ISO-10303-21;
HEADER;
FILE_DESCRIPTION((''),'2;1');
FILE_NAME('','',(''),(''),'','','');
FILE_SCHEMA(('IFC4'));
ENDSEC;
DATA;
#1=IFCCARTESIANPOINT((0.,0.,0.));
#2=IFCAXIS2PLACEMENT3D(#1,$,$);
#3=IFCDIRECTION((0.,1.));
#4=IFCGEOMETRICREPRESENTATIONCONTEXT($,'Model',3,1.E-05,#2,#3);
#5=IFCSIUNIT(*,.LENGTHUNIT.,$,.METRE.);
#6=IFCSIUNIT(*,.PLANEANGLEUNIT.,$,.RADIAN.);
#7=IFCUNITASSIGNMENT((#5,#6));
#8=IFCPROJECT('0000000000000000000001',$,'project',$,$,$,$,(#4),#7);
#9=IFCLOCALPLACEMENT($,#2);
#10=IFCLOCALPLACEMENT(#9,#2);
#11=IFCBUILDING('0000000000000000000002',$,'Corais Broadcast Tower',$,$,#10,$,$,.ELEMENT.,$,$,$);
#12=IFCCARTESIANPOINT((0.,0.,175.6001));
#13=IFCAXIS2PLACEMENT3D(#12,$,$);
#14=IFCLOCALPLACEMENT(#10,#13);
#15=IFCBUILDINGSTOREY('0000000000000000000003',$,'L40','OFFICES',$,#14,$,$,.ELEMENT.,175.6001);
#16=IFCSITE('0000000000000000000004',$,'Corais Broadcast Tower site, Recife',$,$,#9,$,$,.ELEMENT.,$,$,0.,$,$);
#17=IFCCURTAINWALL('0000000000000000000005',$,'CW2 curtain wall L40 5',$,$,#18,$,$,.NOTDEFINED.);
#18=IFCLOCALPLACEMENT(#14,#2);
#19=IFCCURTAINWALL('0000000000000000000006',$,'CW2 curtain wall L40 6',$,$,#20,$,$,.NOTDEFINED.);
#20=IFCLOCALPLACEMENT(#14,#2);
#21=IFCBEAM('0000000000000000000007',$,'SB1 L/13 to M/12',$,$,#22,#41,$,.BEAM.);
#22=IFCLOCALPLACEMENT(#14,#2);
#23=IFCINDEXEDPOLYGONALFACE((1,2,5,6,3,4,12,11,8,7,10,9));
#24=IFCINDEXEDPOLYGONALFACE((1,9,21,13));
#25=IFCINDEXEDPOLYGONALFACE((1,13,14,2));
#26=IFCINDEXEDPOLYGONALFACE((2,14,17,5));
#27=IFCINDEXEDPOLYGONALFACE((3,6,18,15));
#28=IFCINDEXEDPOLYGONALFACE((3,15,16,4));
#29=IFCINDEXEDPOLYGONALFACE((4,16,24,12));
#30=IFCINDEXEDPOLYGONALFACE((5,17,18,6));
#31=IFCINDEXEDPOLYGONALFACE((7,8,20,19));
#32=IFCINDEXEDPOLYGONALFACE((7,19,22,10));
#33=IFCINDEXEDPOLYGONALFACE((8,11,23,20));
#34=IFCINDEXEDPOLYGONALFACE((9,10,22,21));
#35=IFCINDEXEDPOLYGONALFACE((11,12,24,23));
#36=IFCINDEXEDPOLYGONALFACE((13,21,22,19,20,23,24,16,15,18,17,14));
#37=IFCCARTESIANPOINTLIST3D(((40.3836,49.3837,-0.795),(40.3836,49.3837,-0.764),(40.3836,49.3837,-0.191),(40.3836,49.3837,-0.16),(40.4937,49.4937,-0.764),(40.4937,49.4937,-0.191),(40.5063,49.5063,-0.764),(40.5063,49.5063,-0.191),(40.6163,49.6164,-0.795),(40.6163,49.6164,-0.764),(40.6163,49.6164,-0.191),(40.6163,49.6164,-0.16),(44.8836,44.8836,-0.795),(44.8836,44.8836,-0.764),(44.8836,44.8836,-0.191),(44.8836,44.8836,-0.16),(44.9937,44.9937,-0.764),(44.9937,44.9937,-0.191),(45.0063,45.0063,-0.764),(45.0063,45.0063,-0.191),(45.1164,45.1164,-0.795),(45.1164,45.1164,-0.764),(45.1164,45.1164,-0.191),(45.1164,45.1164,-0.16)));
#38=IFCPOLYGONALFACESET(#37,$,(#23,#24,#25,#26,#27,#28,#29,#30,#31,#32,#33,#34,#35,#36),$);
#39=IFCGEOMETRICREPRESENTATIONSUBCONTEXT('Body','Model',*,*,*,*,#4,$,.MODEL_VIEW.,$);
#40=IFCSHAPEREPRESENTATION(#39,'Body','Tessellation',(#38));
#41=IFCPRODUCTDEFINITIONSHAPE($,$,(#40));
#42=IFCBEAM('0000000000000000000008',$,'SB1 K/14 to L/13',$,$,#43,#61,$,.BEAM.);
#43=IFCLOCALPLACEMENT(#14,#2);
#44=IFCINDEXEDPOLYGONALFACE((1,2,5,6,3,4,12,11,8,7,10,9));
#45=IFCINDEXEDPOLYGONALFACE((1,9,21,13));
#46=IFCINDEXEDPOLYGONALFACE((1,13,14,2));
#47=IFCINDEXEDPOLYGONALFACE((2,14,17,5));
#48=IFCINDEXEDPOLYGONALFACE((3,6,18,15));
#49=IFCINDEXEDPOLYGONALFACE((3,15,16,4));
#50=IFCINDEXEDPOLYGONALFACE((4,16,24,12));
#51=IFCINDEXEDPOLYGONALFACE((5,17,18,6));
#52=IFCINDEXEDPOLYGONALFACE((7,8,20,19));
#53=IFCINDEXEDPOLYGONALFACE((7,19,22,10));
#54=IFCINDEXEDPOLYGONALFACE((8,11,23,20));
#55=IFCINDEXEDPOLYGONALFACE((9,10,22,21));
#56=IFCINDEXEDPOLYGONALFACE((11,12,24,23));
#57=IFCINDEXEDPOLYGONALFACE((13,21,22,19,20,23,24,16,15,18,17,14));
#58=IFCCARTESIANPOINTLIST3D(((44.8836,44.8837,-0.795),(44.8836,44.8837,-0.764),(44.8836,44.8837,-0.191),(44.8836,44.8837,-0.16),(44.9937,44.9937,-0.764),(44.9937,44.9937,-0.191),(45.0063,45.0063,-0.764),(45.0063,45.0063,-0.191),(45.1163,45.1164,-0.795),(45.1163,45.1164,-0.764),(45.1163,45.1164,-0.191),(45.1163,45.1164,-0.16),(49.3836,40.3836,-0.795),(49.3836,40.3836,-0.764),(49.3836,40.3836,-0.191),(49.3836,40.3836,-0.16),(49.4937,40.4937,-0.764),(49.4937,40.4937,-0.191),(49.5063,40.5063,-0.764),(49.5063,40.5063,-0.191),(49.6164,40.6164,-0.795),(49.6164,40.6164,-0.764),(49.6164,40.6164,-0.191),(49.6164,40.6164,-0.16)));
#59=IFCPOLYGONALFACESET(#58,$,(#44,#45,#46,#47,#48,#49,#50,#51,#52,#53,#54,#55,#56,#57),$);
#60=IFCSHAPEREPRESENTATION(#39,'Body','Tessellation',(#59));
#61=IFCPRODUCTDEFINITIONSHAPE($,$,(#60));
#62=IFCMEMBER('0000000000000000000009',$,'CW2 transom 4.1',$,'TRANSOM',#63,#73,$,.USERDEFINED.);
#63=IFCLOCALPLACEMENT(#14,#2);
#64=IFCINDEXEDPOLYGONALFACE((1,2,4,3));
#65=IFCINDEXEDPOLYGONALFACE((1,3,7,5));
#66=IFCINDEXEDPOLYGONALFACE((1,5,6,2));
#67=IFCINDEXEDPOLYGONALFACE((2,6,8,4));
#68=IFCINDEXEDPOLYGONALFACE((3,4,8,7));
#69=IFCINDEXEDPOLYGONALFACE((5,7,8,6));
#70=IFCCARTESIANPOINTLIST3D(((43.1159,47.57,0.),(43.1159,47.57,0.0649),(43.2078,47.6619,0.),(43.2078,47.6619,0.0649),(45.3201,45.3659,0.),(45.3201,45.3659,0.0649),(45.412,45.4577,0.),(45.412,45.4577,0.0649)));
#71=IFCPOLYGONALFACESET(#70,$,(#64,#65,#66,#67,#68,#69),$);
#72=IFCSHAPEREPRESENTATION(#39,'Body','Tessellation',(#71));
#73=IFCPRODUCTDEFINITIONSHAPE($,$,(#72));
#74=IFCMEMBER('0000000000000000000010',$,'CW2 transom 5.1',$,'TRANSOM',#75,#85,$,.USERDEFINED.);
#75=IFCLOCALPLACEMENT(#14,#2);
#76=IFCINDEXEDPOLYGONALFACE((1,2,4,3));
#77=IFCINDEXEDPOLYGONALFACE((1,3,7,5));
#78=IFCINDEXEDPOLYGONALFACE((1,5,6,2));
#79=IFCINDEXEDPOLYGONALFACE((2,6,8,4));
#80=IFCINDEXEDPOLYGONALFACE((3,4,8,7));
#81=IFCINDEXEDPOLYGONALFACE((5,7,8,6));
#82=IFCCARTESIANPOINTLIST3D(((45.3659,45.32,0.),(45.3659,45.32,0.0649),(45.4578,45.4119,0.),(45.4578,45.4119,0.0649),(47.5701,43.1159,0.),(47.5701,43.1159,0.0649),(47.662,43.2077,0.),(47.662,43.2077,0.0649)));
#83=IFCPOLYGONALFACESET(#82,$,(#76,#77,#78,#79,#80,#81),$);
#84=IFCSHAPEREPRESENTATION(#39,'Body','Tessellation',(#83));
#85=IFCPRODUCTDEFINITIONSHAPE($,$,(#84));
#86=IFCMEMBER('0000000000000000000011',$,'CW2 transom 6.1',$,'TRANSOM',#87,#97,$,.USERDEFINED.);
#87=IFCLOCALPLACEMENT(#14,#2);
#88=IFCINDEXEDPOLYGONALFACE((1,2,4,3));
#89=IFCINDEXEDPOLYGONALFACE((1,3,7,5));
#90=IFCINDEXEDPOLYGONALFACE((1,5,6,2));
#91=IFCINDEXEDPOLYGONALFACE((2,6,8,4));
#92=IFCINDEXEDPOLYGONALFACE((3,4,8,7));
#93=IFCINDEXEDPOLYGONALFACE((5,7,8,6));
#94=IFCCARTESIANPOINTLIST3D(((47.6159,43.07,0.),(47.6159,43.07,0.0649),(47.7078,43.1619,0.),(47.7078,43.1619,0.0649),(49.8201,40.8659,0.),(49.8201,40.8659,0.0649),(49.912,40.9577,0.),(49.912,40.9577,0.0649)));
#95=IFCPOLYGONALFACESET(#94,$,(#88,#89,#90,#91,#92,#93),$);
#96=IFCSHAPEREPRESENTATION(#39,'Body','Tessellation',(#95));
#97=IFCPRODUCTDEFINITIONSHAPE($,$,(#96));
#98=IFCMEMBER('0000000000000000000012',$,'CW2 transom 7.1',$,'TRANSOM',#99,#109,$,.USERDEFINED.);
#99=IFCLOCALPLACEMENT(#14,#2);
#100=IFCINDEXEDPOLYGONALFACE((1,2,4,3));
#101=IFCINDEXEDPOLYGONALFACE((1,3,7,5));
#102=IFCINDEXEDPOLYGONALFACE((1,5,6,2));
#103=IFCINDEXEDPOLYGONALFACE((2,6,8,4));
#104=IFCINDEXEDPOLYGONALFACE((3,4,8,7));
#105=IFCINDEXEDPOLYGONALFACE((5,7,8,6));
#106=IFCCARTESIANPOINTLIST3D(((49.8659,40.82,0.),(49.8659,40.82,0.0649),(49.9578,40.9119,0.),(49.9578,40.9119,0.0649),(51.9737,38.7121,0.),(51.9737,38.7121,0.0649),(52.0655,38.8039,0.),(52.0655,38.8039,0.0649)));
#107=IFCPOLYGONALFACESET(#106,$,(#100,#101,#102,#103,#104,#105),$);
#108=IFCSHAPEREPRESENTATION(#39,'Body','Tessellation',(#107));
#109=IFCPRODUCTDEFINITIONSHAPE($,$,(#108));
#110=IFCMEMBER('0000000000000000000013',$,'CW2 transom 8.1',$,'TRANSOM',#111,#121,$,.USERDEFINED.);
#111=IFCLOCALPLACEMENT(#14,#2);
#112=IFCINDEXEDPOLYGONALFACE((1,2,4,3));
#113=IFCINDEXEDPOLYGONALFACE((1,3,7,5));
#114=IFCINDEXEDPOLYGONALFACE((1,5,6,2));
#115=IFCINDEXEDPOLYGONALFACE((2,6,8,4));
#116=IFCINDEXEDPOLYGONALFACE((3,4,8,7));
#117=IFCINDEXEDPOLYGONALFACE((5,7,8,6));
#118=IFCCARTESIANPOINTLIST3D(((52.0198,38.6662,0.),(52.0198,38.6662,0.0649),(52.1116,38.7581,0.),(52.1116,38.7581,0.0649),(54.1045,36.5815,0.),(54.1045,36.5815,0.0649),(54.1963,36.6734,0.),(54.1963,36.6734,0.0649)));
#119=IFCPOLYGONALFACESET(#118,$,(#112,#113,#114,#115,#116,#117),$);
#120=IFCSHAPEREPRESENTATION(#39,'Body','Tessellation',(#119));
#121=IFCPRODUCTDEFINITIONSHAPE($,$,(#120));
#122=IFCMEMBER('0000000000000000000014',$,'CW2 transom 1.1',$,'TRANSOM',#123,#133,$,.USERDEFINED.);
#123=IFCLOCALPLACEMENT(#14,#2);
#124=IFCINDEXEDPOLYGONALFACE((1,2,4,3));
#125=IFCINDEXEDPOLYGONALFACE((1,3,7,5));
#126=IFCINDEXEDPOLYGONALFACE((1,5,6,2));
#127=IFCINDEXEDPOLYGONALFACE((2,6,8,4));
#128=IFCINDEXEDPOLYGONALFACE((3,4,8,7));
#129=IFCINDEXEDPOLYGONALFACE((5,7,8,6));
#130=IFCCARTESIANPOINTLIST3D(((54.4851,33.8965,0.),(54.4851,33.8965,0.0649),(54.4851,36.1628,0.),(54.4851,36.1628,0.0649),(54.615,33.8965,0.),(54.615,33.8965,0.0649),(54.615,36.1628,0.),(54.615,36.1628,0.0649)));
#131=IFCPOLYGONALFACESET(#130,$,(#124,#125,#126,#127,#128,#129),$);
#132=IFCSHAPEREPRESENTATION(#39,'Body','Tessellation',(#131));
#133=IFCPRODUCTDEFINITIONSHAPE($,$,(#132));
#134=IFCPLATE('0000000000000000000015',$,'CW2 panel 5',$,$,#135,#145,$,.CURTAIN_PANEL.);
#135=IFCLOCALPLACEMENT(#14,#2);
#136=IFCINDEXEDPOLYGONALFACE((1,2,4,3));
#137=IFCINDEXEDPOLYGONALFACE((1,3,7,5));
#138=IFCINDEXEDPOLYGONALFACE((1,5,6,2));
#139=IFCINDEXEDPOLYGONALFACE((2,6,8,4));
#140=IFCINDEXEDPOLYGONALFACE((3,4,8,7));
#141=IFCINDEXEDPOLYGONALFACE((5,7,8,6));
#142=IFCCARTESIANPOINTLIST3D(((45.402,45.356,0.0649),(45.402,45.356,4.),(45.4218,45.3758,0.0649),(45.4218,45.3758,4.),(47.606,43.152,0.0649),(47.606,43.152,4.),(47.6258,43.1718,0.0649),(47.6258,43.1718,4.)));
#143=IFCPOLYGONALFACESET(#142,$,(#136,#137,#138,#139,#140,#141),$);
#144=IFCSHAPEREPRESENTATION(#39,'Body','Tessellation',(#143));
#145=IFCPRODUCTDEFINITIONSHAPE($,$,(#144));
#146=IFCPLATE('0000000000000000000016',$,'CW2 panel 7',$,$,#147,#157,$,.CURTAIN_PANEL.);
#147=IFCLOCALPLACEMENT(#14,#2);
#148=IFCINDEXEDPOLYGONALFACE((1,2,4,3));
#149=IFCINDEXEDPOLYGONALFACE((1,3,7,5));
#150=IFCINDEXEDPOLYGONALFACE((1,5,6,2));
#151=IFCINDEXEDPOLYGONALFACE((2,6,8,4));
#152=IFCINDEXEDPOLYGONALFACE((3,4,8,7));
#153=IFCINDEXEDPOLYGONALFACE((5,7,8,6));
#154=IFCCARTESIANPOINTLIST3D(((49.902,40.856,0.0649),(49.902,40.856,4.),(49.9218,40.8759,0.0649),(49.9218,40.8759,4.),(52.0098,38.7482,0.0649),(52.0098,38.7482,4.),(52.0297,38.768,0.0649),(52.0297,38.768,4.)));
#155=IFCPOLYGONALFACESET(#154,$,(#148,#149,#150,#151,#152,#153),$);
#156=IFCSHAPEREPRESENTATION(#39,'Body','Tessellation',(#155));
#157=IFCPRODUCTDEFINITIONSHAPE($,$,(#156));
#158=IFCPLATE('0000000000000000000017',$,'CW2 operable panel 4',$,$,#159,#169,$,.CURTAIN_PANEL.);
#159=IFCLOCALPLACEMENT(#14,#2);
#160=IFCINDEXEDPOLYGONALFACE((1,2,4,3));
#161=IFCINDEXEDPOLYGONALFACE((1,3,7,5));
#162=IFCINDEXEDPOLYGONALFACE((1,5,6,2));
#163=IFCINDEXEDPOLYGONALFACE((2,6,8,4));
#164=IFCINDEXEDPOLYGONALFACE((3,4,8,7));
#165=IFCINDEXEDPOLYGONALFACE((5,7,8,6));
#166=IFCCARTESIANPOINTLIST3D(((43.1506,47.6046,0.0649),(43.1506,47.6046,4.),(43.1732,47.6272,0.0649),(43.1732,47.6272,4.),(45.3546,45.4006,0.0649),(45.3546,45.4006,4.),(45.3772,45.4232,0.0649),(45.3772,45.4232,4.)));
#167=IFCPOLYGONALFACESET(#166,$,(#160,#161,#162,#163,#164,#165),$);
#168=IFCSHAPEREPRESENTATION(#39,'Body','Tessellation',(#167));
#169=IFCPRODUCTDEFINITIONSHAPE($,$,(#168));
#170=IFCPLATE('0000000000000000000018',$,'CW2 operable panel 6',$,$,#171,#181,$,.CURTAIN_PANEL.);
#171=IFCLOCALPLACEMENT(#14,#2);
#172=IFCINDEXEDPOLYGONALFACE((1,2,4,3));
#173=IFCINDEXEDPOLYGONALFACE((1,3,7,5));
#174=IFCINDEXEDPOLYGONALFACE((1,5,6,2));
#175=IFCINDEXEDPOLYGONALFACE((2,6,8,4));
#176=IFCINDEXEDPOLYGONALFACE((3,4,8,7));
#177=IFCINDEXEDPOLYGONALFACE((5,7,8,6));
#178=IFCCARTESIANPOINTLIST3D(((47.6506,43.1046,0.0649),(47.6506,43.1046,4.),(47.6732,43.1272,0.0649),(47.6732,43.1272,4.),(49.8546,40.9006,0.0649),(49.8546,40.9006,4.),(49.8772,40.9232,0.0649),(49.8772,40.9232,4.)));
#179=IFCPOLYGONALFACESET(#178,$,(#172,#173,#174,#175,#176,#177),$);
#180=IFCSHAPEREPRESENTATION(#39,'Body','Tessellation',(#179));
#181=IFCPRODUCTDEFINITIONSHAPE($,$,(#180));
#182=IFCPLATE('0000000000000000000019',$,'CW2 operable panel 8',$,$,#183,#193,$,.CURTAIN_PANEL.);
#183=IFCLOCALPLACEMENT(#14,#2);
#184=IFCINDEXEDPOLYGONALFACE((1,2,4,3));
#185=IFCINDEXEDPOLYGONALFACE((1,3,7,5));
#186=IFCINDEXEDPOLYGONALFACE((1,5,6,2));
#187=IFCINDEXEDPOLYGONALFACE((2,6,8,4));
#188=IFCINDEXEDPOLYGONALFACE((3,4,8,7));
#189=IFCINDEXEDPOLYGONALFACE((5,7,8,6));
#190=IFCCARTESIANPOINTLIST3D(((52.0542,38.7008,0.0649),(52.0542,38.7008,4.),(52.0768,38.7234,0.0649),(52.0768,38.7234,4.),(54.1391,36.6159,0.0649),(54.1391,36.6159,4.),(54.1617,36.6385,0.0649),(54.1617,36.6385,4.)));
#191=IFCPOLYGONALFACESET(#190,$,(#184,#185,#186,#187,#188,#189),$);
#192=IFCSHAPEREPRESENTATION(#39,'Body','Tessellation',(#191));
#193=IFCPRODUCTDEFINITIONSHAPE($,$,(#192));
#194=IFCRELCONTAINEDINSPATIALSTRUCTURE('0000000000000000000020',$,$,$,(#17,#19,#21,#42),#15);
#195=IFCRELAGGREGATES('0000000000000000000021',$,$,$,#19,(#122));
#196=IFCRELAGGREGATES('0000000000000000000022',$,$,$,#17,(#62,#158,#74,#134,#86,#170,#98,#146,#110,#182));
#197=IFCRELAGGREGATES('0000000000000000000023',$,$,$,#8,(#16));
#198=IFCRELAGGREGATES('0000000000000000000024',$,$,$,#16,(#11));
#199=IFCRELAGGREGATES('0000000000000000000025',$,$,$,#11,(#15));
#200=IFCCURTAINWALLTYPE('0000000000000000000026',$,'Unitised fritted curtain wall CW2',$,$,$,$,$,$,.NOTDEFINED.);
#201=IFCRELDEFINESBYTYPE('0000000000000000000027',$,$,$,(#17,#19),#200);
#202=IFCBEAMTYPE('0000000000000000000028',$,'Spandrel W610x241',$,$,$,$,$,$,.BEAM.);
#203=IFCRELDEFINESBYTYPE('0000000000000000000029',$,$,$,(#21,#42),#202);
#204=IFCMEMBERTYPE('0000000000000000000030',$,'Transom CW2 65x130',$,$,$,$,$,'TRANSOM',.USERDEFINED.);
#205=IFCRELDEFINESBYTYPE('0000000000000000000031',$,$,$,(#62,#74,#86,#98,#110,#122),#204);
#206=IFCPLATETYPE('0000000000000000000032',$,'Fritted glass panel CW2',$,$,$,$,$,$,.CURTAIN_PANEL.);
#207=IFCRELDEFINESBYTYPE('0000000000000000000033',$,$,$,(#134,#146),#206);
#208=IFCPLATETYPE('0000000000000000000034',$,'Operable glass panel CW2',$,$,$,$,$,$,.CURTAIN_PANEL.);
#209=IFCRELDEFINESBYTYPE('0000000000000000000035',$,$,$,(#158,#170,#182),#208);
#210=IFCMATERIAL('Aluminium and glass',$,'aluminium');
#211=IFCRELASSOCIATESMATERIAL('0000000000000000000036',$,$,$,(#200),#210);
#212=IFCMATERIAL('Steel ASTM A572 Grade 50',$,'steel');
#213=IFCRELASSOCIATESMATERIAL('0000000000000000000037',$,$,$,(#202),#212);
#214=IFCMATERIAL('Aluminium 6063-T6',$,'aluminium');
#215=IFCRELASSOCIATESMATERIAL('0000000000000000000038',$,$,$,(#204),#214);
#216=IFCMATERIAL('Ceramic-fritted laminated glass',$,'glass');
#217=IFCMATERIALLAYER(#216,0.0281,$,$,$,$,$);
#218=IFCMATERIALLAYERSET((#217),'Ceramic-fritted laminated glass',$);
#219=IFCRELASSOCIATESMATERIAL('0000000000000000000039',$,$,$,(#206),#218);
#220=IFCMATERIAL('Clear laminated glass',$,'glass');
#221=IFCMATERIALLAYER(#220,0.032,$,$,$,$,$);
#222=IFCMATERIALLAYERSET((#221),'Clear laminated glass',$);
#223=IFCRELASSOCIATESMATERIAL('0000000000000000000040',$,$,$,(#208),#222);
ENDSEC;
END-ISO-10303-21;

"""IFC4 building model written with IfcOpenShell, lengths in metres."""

from ifc_helpers import new_model, si_unit, direction, frame, origin, origin_2d, place, context, subcontext, project, spatial, rectangle, i_section, extrude, material, layer, layer_set, material_profile, profile_set, type_object, element, aggregate, save


model = new_model("IFC4")

# Units and contexts
model_context = context("Model", 3, precision=1e-05, world=origin(), true_north=direction((0.0, 1.0)))
body_context = subcontext(model_context, "Body", "Model", "MODEL_VIEW")
ifc_project = project(units=[si_unit("LENGTHUNIT", "METRE"), si_unit("PLANEANGLEUNIT", "RADIAN")], contexts=[model_context])

# Site, building, storey
site_placement = place(None, origin())
site = spatial("IfcSite", under=ifc_project, at=site_placement, Name="Corais Broadcast Tower site, Recife", CompositionType="ELEMENT", RefElevation=0.0)
building_placement = place(site_placement, origin())
building = spatial("IfcBuilding", under=site, at=building_placement, Name="Corais Broadcast Tower", CompositionType="ELEMENT")
storey_placement = place(building_placement, frame((0.0, 0.0, 175.6001)))
storey = spatial("IfcBuildingStorey", under=building, at=storey_placement, Name="L40", Description="OFFICES", CompositionType="ELEMENT", Elevation=175.6001)

# Curtain wall
ifc_material_1 = material(Name="Aluminium and glass", Category="aluminium")
curtain_wall_type = type_object("IfcCurtainWallType", Name="Unitised fritted curtain wall CW2", PredefinedType="NOTDEFINED", material=ifc_material_1)
curtain_wall_1_placement = place(storey_placement, origin())
curtain_wall_1 = element("IfcCurtainWall", 1, at=curtain_wall_1_placement, inside=storey, type_object=curtain_wall_type, Name="CW2 curtain wall L40 5", PredefinedType="NOTDEFINED")

# Curtain wall
curtain_wall_2_placement = place(storey_placement, origin())
curtain_wall_2 = element("IfcCurtainWall", 2, at=curtain_wall_2_placement, inside=storey, type_object=curtain_wall_type, Name="CW2 curtain wall L40 6", PredefinedType="NOTDEFINED")

# Beams
ifc_material_2 = material(Name="Steel ASTM A572 Grade 50", Category="steel")
ifc_material_profile_1 = material_profile(ifc_material_2, i_section(OverallWidth=0.3291, OverallDepth=0.635, WebThickness=0.0178, FlangeThickness=0.031, at=origin_2d()), Name="W610x241")
ifc_profile_set_1 = profile_set([ifc_material_profile_1], Name="Steel ASTM A572 Grade 50")
beam_type_1 = type_object("IfcBeamType", Name="Spandrel W610x241", PredefinedType="BEAM", material=ifc_profile_set_1)
for number, where, z_axis, x_axis, name in (
    (3, (45.0, 45.0, -0.4775), (-0.707107, 0.707107, 0.0), (-0.707107, -0.707107, 0.0), "SB1 L/13 to M/12"),
    (4, (49.5, 40.5, -0.4775), (-0.707107, 0.707107, 0.0), (-0.707107, -0.707107, 0.0), "SB1 K/14 to L/13"),
):
    element("IfcBeam", number, at=place(storey_placement, frame(where, z_axis=z_axis, x_axis=x_axis)), inside=storey, type_object=beam_type_1, Name=name, PredefinedType="BEAM", context=body_context, shape_type="SweptSolid", body=[
        extrude(i_section(OverallWidth=0.3291, OverallDepth=0.635, WebThickness=0.0178, FlangeThickness=0.031, at=origin_2d()), origin(), (0.0, 0.0, 1.0), 6.364),
    ])

# Members
ifc_material_3 = material(Name="Aluminium 6063-T6", Category="aluminium")
ifc_material_profile_2 = material_profile(ifc_material_3, rectangle(XDim=0.1299, YDim=0.0649, at=origin_2d()), Name="Transom CW2 65x130")
ifc_profile_set_2 = profile_set([ifc_material_profile_2], Name="Aluminium 6063-T6")
member_type_1 = type_object("IfcMemberType", Name="Transom CW2 65x130", ElementType="TRANSOM", PredefinedType="USERDEFINED", material=ifc_profile_set_2)
member_1_placement = place(storey_placement, frame((43.1619, 47.616, 0.0325), z_axis=(0.707107, -0.707107, 0.0), x_axis=(0.707107, 0.707107, 0.0)))
member_1 = element("IfcMember", 5, at=member_1_placement, type_object=member_type_1, Name="CW2 transom 4.1", ObjectType="TRANSOM", PredefinedType="USERDEFINED", context=body_context, shape_type="SweptSolid", body=[
    extrude(rectangle(XDim=0.1299, YDim=0.0649, at=origin_2d()), origin(), (0.0, 0.0, 1.0), 3.1172),
])
member_2_placement = place(storey_placement, frame((45.4119, 45.366, 0.0325), z_axis=(0.707107, -0.707107, 0.0), x_axis=(0.707107, 0.707107, 0.0)))
member_2 = element("IfcMember", 6, at=member_2_placement, type_object=member_type_1, Name="CW2 transom 5.1", ObjectType="TRANSOM", PredefinedType="USERDEFINED", context=body_context, shape_type="SweptSolid", body=[
    extrude(rectangle(XDim=0.1299, YDim=0.0649, at=origin_2d()), origin(), (0.0, 0.0, 1.0), 3.1172),
])
member_3_placement = place(storey_placement, frame((47.6619, 43.116, 0.0325), z_axis=(0.707107, -0.707107, 0.0), x_axis=(0.707107, 0.707107, 0.0)))
member_3 = element("IfcMember", 7, at=member_3_placement, type_object=member_type_1, Name="CW2 transom 6.1", ObjectType="TRANSOM", PredefinedType="USERDEFINED", context=body_context, shape_type="SweptSolid", body=[
    extrude(rectangle(XDim=0.1299, YDim=0.0649, at=origin_2d()), origin(), (0.0, 0.0, 1.0), 3.1172),
])
member_4_placement = place(storey_placement, frame((49.9119, 40.866, 0.0325), z_axis=(0.707066, -0.707148, 0.0), x_axis=(0.707148, 0.707066, 0.0)))
member_4 = element("IfcMember", 8, at=member_4_placement, type_object=member_type_1, Name="CW2 transom 7.1", ObjectType="TRANSOM", PredefinedType="USERDEFINED", context=body_context, shape_type="SweptSolid", body=[
    extrude(rectangle(XDim=0.1299, YDim=0.0649, at=origin_2d()), origin(), (0.0, 0.0, 1.0), 2.981),
])
member_5_placement = place(storey_placement, frame((52.0657, 38.7122, 0.0325), z_axis=(0.707107, -0.707107, 0.0), x_axis=(0.707107, 0.707107, 0.0)))
member_5 = element("IfcMember", 9, at=member_5_placement, type_object=member_type_1, Name="CW2 transom 8.1", ObjectType="TRANSOM", PredefinedType="USERDEFINED", context=body_context, shape_type="SweptSolid", body=[
    extrude(rectangle(XDim=0.1299, YDim=0.0649, at=origin_2d()), origin(), (0.0, 0.0, 1.0), 2.9482),
])
member_6_placement = place(storey_placement, frame((54.55, 36.1628, 0.0325), z_axis=(0.0, -1.0, 0.0), x_axis=(1.0, 0.0, 0.0)))
member_6 = element("IfcMember", 10, at=member_6_placement, type_object=member_type_1, Name="CW2 transom 1.1", ObjectType="TRANSOM", PredefinedType="USERDEFINED", context=body_context, shape_type="SweptSolid", body=[
    extrude(rectangle(XDim=0.1299, YDim=0.0649, at=origin_2d()), origin(), (0.0, 0.0, 1.0), 2.2664),
])
aggregate(curtain_wall_2, [member_6])

# Plates
ifc_material_4 = material(Name="Ceramic-fritted laminated glass", Category="glass")
ifc_layer_1 = layer(ifc_material_4, 0.0281)
ifc_layer_set_1 = layer_set([ifc_layer_1], Name="Ceramic-fritted laminated glass")
plate_type_1 = type_object("IfcPlateType", Name="Fritted glass panel CW2", PredefinedType="CURTAIN_PANEL", material=ifc_layer_set_1)
plate_1_placement = place(storey_placement, frame((46.5139, 44.2639, 0.0649), z_axis=(0.0, 0.0, 1.0), x_axis=(0.707107, -0.707107, 0.0)))
plate_1 = element("IfcPlate", 11, at=plate_1_placement, type_object=plate_type_1, Name="CW2 panel 5", PredefinedType="CURTAIN_PANEL", context=body_context, shape_type="SweptSolid", body=[
    extrude(rectangle(XDim=3.1169, YDim=0.0281, at=origin_2d()), origin(), (0.0, 0.0, 1.0), 3.9351),
])
plate_2_placement = place(storey_placement, frame((50.9658, 39.812, 0.0649), z_axis=(0.0, 0.0, 1.0), x_axis=(0.707107, -0.707107, 0.0)))
plate_2 = element("IfcPlate", 12, at=plate_2_placement, type_object=plate_type_1, Name="CW2 panel 7", PredefinedType="CURTAIN_PANEL", context=body_context, shape_type="SweptSolid", body=[
    extrude(rectangle(XDim=2.981, YDim=0.0281, at=origin_2d()), origin(), (0.0, 0.0, 1.0), 3.9351),
])
ifc_material_5 = material(Name="Clear laminated glass", Category="glass")
ifc_layer_2 = layer(ifc_material_5, 0.032)
ifc_layer_set_2 = layer_set([ifc_layer_2], Name="Clear laminated glass")
plate_type_2 = type_object("IfcPlateType", Name="Operable glass panel CW2", PredefinedType="CURTAIN_PANEL", material=ifc_layer_set_2)
plate_3_placement = place(storey_placement, frame((44.2639, 46.5139, 0.0649), z_axis=(0.0, 0.0, 1.0), x_axis=(0.707107, -0.707107, 0.0)))
plate_3 = element("IfcPlate", 13, at=plate_3_placement, type_object=plate_type_2, Name="CW2 operable panel 4", PredefinedType="CURTAIN_PANEL", context=body_context, shape_type="SweptSolid", body=[
    extrude(rectangle(XDim=3.1169, YDim=0.032, at=origin_2d()), origin(), (0.0, 0.0, 1.0), 3.9351),
])
plate_4_placement = place(storey_placement, frame((48.7639, 42.0139, 0.0649), z_axis=(0.0, 0.0, 1.0), x_axis=(0.707107, -0.707107, 0.0)))
plate_4 = element("IfcPlate", 14, at=plate_4_placement, type_object=plate_type_2, Name="CW2 operable panel 6", PredefinedType="CURTAIN_PANEL", context=body_context, shape_type="SweptSolid", body=[
    extrude(rectangle(XDim=3.1169, YDim=0.032, at=origin_2d()), origin(), (0.0, 0.0, 1.0), 3.9351),
])
plate_5_placement = place(storey_placement, frame((53.1079, 37.6697, 0.0649), z_axis=(0.0, 0.0, 1.0), x_axis=(0.707107, -0.707107, 0.0)))
plate_5 = element("IfcPlate", 15, at=plate_5_placement, type_object=plate_type_2, Name="CW2 operable panel 8", PredefinedType="CURTAIN_PANEL", context=body_context, shape_type="SweptSolid", body=[
    extrude(rectangle(XDim=2.9485, YDim=0.032, at=origin_2d()), origin(), (0.0, 0.0, 1.0), 3.9351),
])
aggregate(curtain_wall_1, [member_1, plate_3, member_2, plate_1, member_3, plate_4, member_4, plate_2, member_5, plate_5])

save(model, "model.ifc")
